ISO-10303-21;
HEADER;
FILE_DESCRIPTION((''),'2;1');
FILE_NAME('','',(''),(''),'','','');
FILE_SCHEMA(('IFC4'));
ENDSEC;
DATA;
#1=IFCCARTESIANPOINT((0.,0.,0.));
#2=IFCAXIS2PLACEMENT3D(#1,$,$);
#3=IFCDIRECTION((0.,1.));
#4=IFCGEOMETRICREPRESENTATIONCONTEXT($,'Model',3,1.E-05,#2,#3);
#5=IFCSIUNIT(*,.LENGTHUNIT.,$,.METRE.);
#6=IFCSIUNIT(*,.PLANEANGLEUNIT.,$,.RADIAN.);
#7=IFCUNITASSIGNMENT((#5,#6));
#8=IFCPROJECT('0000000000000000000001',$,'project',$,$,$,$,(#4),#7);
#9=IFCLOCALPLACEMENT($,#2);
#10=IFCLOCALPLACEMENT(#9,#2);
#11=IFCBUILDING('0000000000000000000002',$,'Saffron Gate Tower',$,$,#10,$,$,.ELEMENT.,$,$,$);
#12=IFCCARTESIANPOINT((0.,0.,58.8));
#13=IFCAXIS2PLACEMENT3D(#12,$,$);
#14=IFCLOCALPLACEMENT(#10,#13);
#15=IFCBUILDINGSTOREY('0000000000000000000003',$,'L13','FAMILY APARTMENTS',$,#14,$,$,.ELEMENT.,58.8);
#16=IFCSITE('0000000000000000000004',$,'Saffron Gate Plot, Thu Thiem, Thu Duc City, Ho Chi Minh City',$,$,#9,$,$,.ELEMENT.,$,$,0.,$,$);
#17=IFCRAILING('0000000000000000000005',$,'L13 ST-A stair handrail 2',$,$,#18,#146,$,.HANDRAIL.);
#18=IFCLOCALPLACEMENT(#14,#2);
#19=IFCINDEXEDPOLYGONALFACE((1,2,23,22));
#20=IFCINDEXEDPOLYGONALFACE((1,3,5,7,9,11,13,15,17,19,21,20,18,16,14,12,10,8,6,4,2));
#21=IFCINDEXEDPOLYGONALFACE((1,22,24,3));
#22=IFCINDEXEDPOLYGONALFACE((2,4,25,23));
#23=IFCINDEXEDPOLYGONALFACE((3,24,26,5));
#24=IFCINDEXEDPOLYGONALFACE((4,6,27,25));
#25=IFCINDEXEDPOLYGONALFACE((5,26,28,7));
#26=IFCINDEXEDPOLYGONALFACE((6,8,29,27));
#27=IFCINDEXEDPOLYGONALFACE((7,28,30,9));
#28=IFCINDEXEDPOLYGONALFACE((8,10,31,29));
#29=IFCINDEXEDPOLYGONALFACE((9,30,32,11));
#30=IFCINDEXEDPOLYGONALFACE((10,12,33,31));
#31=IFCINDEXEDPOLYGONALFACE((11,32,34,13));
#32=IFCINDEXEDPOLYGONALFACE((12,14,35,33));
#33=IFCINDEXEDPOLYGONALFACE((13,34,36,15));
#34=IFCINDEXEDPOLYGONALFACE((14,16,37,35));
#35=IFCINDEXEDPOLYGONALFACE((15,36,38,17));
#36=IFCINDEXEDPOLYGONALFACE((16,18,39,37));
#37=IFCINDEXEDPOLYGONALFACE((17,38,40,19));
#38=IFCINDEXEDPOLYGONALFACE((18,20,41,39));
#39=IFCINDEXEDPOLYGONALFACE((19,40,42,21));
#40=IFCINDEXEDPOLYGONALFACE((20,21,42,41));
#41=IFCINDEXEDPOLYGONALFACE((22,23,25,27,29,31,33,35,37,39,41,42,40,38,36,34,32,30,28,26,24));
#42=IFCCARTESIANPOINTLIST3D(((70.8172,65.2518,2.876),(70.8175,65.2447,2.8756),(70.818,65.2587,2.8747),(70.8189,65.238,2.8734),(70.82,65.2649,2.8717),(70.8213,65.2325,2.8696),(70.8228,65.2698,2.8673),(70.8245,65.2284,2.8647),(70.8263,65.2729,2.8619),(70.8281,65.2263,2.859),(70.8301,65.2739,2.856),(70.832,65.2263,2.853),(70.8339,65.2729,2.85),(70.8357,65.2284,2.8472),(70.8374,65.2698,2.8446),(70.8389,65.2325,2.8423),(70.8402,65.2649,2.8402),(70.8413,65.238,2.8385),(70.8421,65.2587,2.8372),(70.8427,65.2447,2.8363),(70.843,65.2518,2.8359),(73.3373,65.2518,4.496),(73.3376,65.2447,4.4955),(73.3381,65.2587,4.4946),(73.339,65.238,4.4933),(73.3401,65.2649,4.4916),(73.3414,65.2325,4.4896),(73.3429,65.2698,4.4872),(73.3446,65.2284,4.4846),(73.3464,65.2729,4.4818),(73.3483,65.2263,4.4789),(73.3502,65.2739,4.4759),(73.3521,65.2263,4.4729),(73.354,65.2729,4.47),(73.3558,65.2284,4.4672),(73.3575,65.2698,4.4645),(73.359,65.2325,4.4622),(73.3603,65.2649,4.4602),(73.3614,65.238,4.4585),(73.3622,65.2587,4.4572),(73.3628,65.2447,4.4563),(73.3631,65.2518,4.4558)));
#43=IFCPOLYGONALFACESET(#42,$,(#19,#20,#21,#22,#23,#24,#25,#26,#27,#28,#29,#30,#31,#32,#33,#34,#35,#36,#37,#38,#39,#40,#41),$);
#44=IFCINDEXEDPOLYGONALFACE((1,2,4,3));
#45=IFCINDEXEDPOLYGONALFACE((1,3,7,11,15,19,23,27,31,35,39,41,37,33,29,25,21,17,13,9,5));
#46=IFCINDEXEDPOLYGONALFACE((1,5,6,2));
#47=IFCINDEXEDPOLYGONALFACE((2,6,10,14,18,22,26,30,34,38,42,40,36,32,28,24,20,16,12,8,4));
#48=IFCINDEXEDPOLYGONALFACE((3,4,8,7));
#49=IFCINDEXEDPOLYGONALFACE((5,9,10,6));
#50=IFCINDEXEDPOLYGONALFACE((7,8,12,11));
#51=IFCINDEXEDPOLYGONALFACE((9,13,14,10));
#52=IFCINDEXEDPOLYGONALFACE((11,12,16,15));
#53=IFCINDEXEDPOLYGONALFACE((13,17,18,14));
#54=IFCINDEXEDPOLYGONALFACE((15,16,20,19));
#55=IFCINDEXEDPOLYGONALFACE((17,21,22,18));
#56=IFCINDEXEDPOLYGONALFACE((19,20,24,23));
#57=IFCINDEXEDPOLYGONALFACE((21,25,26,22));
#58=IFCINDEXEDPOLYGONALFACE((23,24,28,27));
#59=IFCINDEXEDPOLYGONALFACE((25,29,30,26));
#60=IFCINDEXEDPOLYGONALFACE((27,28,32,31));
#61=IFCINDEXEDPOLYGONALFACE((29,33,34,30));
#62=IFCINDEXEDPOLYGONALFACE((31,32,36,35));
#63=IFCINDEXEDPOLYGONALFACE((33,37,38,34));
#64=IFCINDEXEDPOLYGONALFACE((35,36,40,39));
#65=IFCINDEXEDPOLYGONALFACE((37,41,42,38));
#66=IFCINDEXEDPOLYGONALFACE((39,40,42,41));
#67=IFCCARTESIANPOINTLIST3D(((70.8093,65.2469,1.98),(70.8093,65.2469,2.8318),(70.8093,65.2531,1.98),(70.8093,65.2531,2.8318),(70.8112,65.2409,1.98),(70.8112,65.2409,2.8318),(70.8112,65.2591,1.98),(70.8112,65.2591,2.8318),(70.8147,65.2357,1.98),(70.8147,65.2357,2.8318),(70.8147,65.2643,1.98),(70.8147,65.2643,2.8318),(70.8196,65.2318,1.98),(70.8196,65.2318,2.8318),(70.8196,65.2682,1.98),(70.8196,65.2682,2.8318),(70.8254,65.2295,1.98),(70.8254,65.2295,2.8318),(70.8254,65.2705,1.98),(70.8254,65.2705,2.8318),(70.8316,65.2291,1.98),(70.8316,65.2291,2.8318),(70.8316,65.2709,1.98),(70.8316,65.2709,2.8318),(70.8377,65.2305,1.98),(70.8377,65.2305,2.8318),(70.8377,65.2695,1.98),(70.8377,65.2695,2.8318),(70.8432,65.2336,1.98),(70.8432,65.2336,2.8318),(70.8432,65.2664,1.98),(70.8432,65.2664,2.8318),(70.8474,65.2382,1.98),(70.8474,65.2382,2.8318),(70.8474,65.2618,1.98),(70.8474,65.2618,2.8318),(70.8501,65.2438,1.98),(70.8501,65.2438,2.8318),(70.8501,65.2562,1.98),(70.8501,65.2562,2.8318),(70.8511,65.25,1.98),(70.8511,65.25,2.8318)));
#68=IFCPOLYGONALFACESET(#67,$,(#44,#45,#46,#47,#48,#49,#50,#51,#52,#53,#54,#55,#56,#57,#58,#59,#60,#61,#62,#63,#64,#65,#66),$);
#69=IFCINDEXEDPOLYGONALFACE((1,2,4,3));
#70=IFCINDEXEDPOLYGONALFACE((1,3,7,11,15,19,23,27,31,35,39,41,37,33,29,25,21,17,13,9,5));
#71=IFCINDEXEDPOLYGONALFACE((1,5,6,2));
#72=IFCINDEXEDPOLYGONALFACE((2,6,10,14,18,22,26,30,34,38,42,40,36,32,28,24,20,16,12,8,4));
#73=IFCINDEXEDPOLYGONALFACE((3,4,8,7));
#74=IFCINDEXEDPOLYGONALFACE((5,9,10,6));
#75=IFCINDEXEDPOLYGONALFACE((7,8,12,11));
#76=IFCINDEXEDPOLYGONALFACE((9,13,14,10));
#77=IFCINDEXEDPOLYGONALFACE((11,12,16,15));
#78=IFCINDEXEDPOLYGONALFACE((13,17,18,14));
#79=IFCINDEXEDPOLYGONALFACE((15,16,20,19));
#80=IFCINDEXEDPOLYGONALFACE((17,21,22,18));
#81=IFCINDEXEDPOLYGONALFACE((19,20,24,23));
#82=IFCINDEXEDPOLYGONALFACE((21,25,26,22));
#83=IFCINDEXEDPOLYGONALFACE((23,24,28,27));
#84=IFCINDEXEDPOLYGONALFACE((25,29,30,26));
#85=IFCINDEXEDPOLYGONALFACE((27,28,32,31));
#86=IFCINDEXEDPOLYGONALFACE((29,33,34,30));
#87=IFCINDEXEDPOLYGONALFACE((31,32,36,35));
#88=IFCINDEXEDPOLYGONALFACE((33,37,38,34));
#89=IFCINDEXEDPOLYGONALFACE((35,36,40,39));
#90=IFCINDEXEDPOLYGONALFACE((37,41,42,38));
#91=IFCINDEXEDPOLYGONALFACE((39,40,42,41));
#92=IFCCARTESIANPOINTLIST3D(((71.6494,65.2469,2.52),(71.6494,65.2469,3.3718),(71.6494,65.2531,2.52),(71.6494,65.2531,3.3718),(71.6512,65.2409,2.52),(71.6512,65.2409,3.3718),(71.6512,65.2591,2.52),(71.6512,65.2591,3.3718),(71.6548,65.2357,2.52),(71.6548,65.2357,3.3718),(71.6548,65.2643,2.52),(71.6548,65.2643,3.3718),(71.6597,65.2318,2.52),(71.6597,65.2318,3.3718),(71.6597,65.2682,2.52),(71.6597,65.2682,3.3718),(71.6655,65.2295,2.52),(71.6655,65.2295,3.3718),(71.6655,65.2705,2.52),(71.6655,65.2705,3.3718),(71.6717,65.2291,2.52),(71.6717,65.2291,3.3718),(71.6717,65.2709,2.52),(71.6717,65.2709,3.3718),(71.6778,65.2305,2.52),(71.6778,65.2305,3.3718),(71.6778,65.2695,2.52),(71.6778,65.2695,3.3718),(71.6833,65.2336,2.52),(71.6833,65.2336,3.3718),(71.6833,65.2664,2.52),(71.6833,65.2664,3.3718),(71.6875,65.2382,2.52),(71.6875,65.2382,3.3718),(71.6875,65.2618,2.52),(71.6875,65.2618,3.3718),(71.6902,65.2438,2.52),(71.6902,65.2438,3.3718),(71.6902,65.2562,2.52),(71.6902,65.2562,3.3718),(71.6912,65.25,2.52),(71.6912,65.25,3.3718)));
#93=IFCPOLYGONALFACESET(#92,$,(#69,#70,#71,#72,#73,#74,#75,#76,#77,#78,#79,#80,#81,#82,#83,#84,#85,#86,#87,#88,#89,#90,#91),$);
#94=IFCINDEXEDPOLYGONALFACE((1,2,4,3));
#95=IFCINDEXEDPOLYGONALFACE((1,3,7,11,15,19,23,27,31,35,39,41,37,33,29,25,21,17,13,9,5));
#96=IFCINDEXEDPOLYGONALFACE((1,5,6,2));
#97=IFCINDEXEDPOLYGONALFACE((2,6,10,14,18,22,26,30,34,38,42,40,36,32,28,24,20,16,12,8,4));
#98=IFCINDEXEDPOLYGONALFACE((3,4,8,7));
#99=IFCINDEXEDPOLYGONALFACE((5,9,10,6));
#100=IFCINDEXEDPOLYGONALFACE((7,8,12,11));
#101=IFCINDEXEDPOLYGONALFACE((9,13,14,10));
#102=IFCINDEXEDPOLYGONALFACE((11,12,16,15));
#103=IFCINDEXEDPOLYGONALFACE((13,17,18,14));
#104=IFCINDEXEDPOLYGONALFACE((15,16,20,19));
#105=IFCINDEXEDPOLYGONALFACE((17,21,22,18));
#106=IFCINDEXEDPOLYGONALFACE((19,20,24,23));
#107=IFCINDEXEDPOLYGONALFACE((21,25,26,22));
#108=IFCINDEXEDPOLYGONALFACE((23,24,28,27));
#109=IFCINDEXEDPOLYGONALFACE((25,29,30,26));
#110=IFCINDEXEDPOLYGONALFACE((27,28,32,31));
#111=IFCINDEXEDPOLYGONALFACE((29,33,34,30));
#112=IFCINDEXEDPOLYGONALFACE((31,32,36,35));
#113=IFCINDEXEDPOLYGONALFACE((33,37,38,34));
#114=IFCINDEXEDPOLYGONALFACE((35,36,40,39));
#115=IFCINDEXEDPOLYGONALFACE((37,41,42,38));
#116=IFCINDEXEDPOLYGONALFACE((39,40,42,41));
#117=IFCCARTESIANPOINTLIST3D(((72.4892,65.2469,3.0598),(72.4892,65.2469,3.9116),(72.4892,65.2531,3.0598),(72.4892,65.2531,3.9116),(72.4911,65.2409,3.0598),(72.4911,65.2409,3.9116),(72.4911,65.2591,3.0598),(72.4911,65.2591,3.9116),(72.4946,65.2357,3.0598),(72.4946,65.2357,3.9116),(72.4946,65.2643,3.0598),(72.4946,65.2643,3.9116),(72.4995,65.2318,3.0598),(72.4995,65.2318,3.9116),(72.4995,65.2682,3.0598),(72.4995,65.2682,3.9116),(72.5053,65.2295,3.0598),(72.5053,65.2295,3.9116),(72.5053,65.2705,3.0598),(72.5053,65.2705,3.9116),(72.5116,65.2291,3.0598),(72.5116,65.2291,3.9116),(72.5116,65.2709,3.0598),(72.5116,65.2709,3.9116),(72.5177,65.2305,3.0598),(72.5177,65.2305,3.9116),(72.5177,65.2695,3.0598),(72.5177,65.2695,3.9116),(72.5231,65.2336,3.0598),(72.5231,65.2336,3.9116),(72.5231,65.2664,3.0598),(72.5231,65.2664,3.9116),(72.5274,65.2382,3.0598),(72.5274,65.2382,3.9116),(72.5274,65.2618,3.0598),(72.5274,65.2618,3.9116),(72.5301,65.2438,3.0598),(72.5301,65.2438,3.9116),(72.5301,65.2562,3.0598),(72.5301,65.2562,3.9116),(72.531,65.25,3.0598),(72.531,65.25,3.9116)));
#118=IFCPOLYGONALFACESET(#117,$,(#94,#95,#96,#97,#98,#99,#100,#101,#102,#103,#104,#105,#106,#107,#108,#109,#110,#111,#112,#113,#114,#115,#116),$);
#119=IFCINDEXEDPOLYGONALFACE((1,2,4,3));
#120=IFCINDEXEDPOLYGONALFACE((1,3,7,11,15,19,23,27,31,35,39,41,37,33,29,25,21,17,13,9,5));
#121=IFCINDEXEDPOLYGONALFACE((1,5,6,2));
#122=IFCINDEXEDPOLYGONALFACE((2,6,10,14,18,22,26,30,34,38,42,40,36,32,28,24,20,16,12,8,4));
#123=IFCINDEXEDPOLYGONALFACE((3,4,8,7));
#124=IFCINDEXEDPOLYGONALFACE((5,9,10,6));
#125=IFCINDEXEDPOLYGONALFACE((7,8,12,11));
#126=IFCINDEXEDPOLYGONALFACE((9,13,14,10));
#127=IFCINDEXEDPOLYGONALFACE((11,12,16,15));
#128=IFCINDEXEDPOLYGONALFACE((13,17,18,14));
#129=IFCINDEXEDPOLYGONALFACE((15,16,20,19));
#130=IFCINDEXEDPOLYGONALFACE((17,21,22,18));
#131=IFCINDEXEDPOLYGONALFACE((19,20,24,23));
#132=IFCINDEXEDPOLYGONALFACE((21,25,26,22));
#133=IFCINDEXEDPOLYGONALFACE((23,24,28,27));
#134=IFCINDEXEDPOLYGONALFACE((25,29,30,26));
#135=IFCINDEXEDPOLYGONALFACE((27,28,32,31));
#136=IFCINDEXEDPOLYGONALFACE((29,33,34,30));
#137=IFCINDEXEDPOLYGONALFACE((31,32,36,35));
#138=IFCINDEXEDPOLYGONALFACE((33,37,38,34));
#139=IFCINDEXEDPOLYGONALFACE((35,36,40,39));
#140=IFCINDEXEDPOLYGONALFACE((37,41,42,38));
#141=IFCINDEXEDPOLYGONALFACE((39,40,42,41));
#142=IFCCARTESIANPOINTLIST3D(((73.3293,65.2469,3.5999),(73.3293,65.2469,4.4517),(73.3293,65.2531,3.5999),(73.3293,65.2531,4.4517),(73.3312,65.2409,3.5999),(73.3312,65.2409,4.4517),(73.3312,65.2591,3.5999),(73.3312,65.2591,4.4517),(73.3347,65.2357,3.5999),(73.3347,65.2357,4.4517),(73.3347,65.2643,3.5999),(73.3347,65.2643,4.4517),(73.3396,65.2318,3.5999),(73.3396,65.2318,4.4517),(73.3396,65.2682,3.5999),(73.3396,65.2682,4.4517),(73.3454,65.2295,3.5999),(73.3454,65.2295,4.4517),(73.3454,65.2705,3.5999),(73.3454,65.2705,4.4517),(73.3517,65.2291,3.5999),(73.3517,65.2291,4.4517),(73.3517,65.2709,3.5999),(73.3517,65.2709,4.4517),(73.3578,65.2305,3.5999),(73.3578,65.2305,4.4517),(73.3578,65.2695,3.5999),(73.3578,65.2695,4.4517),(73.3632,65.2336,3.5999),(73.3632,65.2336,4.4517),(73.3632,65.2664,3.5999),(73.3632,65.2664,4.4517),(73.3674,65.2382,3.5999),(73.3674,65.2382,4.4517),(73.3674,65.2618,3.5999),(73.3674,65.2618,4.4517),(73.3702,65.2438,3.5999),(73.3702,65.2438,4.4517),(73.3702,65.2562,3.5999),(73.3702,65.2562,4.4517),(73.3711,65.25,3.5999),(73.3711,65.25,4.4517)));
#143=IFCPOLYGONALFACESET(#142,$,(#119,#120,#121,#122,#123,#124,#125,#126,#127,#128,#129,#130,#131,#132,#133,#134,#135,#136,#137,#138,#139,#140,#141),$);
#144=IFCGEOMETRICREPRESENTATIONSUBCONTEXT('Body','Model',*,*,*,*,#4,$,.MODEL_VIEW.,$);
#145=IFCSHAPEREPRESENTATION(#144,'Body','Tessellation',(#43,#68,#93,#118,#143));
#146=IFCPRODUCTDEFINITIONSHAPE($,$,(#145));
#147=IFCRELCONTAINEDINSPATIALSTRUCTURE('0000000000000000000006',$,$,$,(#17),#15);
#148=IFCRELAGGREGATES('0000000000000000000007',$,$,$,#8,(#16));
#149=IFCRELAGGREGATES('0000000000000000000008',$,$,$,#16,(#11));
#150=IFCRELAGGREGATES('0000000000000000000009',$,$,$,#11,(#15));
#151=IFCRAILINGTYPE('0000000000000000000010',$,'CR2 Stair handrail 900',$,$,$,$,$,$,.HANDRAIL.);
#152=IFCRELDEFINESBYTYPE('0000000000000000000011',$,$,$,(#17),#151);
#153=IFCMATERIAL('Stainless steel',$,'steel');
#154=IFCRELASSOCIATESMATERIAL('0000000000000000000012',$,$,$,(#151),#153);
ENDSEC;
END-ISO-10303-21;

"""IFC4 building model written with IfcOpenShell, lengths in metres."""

from ifc_helpers import new_model, si_unit, direction, frame, origin, origin_2d, place, context, subcontext, project, spatial, circle, extrude, material, type_object, element, save


model = new_model("IFC4")

# Units and contexts
model_context = context("Model", 3, precision=1e-05, world=origin(), true_north=direction((0.0, 1.0)))
body_context = subcontext(model_context, "Body", "Model", "MODEL_VIEW")
ifc_project = project(units=[si_unit("LENGTHUNIT", "METRE"), si_unit("PLANEANGLEUNIT", "RADIAN")], contexts=[model_context])

# Site, building, storey
site_placement = place(None, origin())
site = spatial("IfcSite", under=ifc_project, at=site_placement, Name="Saffron Gate Plot, Thu Thiem, Thu Duc City, Ho Chi Minh City", CompositionType="ELEMENT", RefElevation=0.0)
building_placement = place(site_placement, origin())
building = spatial("IfcBuilding", under=site, at=building_placement, Name="Saffron Gate Tower", CompositionType="ELEMENT")
storey_placement = place(building_placement, frame((0.0, 0.0, 58.8)))
storey = spatial("IfcBuildingStorey", under=building, at=storey_placement, Name="L13", Description="FAMILY APARTMENTS", CompositionType="ELEMENT", Elevation=58.8)

# Railing
ifc_material_1 = material(Name="Stainless steel", Category="steel")
railing_type = type_object("IfcRailingType", Name="CR2 Stair handrail 900", PredefinedType="HANDRAIL", material=ifc_material_1)
railing_placement = place(storey_placement, frame((70.8301, 65.25, 1.98)))
element("IfcRailing", 1, at=railing_placement, inside=storey, type_object=railing_type, Name="L13 ST-A stair handrail 2", PredefinedType="HANDRAIL", context=body_context, shape_type="SweptSolid", body=[
    extrude(circle(Radius=0.0239, at=origin_2d()), frame((0.0, 0.0, 0.876), z_axis=(0.8412, 0.0, 0.540725), x_axis=(0.0, 1.0, 0.0)), (0.0, 0.0, 1.0), 2.9958),
    extrude(circle(Radius=0.021, at=origin_2d()), origin(), (0.0, 0.0, 1.0), 0.8518),
    extrude(circle(Radius=0.021, at=origin_2d()), frame((0.8401, 0.0, 0.54)), (0.0, 0.0, 1.0), 0.8518),
    extrude(circle(Radius=0.021, at=origin_2d()), frame((1.6799, 0.0, 1.0798)), (0.0, 0.0, 1.0), 0.8518),
    extrude(circle(Radius=0.021, at=origin_2d()), frame((2.52, 0.0, 1.6199)), (0.0, 0.0, 1.0), 0.8518),
])

save(model, "model.ifc")
